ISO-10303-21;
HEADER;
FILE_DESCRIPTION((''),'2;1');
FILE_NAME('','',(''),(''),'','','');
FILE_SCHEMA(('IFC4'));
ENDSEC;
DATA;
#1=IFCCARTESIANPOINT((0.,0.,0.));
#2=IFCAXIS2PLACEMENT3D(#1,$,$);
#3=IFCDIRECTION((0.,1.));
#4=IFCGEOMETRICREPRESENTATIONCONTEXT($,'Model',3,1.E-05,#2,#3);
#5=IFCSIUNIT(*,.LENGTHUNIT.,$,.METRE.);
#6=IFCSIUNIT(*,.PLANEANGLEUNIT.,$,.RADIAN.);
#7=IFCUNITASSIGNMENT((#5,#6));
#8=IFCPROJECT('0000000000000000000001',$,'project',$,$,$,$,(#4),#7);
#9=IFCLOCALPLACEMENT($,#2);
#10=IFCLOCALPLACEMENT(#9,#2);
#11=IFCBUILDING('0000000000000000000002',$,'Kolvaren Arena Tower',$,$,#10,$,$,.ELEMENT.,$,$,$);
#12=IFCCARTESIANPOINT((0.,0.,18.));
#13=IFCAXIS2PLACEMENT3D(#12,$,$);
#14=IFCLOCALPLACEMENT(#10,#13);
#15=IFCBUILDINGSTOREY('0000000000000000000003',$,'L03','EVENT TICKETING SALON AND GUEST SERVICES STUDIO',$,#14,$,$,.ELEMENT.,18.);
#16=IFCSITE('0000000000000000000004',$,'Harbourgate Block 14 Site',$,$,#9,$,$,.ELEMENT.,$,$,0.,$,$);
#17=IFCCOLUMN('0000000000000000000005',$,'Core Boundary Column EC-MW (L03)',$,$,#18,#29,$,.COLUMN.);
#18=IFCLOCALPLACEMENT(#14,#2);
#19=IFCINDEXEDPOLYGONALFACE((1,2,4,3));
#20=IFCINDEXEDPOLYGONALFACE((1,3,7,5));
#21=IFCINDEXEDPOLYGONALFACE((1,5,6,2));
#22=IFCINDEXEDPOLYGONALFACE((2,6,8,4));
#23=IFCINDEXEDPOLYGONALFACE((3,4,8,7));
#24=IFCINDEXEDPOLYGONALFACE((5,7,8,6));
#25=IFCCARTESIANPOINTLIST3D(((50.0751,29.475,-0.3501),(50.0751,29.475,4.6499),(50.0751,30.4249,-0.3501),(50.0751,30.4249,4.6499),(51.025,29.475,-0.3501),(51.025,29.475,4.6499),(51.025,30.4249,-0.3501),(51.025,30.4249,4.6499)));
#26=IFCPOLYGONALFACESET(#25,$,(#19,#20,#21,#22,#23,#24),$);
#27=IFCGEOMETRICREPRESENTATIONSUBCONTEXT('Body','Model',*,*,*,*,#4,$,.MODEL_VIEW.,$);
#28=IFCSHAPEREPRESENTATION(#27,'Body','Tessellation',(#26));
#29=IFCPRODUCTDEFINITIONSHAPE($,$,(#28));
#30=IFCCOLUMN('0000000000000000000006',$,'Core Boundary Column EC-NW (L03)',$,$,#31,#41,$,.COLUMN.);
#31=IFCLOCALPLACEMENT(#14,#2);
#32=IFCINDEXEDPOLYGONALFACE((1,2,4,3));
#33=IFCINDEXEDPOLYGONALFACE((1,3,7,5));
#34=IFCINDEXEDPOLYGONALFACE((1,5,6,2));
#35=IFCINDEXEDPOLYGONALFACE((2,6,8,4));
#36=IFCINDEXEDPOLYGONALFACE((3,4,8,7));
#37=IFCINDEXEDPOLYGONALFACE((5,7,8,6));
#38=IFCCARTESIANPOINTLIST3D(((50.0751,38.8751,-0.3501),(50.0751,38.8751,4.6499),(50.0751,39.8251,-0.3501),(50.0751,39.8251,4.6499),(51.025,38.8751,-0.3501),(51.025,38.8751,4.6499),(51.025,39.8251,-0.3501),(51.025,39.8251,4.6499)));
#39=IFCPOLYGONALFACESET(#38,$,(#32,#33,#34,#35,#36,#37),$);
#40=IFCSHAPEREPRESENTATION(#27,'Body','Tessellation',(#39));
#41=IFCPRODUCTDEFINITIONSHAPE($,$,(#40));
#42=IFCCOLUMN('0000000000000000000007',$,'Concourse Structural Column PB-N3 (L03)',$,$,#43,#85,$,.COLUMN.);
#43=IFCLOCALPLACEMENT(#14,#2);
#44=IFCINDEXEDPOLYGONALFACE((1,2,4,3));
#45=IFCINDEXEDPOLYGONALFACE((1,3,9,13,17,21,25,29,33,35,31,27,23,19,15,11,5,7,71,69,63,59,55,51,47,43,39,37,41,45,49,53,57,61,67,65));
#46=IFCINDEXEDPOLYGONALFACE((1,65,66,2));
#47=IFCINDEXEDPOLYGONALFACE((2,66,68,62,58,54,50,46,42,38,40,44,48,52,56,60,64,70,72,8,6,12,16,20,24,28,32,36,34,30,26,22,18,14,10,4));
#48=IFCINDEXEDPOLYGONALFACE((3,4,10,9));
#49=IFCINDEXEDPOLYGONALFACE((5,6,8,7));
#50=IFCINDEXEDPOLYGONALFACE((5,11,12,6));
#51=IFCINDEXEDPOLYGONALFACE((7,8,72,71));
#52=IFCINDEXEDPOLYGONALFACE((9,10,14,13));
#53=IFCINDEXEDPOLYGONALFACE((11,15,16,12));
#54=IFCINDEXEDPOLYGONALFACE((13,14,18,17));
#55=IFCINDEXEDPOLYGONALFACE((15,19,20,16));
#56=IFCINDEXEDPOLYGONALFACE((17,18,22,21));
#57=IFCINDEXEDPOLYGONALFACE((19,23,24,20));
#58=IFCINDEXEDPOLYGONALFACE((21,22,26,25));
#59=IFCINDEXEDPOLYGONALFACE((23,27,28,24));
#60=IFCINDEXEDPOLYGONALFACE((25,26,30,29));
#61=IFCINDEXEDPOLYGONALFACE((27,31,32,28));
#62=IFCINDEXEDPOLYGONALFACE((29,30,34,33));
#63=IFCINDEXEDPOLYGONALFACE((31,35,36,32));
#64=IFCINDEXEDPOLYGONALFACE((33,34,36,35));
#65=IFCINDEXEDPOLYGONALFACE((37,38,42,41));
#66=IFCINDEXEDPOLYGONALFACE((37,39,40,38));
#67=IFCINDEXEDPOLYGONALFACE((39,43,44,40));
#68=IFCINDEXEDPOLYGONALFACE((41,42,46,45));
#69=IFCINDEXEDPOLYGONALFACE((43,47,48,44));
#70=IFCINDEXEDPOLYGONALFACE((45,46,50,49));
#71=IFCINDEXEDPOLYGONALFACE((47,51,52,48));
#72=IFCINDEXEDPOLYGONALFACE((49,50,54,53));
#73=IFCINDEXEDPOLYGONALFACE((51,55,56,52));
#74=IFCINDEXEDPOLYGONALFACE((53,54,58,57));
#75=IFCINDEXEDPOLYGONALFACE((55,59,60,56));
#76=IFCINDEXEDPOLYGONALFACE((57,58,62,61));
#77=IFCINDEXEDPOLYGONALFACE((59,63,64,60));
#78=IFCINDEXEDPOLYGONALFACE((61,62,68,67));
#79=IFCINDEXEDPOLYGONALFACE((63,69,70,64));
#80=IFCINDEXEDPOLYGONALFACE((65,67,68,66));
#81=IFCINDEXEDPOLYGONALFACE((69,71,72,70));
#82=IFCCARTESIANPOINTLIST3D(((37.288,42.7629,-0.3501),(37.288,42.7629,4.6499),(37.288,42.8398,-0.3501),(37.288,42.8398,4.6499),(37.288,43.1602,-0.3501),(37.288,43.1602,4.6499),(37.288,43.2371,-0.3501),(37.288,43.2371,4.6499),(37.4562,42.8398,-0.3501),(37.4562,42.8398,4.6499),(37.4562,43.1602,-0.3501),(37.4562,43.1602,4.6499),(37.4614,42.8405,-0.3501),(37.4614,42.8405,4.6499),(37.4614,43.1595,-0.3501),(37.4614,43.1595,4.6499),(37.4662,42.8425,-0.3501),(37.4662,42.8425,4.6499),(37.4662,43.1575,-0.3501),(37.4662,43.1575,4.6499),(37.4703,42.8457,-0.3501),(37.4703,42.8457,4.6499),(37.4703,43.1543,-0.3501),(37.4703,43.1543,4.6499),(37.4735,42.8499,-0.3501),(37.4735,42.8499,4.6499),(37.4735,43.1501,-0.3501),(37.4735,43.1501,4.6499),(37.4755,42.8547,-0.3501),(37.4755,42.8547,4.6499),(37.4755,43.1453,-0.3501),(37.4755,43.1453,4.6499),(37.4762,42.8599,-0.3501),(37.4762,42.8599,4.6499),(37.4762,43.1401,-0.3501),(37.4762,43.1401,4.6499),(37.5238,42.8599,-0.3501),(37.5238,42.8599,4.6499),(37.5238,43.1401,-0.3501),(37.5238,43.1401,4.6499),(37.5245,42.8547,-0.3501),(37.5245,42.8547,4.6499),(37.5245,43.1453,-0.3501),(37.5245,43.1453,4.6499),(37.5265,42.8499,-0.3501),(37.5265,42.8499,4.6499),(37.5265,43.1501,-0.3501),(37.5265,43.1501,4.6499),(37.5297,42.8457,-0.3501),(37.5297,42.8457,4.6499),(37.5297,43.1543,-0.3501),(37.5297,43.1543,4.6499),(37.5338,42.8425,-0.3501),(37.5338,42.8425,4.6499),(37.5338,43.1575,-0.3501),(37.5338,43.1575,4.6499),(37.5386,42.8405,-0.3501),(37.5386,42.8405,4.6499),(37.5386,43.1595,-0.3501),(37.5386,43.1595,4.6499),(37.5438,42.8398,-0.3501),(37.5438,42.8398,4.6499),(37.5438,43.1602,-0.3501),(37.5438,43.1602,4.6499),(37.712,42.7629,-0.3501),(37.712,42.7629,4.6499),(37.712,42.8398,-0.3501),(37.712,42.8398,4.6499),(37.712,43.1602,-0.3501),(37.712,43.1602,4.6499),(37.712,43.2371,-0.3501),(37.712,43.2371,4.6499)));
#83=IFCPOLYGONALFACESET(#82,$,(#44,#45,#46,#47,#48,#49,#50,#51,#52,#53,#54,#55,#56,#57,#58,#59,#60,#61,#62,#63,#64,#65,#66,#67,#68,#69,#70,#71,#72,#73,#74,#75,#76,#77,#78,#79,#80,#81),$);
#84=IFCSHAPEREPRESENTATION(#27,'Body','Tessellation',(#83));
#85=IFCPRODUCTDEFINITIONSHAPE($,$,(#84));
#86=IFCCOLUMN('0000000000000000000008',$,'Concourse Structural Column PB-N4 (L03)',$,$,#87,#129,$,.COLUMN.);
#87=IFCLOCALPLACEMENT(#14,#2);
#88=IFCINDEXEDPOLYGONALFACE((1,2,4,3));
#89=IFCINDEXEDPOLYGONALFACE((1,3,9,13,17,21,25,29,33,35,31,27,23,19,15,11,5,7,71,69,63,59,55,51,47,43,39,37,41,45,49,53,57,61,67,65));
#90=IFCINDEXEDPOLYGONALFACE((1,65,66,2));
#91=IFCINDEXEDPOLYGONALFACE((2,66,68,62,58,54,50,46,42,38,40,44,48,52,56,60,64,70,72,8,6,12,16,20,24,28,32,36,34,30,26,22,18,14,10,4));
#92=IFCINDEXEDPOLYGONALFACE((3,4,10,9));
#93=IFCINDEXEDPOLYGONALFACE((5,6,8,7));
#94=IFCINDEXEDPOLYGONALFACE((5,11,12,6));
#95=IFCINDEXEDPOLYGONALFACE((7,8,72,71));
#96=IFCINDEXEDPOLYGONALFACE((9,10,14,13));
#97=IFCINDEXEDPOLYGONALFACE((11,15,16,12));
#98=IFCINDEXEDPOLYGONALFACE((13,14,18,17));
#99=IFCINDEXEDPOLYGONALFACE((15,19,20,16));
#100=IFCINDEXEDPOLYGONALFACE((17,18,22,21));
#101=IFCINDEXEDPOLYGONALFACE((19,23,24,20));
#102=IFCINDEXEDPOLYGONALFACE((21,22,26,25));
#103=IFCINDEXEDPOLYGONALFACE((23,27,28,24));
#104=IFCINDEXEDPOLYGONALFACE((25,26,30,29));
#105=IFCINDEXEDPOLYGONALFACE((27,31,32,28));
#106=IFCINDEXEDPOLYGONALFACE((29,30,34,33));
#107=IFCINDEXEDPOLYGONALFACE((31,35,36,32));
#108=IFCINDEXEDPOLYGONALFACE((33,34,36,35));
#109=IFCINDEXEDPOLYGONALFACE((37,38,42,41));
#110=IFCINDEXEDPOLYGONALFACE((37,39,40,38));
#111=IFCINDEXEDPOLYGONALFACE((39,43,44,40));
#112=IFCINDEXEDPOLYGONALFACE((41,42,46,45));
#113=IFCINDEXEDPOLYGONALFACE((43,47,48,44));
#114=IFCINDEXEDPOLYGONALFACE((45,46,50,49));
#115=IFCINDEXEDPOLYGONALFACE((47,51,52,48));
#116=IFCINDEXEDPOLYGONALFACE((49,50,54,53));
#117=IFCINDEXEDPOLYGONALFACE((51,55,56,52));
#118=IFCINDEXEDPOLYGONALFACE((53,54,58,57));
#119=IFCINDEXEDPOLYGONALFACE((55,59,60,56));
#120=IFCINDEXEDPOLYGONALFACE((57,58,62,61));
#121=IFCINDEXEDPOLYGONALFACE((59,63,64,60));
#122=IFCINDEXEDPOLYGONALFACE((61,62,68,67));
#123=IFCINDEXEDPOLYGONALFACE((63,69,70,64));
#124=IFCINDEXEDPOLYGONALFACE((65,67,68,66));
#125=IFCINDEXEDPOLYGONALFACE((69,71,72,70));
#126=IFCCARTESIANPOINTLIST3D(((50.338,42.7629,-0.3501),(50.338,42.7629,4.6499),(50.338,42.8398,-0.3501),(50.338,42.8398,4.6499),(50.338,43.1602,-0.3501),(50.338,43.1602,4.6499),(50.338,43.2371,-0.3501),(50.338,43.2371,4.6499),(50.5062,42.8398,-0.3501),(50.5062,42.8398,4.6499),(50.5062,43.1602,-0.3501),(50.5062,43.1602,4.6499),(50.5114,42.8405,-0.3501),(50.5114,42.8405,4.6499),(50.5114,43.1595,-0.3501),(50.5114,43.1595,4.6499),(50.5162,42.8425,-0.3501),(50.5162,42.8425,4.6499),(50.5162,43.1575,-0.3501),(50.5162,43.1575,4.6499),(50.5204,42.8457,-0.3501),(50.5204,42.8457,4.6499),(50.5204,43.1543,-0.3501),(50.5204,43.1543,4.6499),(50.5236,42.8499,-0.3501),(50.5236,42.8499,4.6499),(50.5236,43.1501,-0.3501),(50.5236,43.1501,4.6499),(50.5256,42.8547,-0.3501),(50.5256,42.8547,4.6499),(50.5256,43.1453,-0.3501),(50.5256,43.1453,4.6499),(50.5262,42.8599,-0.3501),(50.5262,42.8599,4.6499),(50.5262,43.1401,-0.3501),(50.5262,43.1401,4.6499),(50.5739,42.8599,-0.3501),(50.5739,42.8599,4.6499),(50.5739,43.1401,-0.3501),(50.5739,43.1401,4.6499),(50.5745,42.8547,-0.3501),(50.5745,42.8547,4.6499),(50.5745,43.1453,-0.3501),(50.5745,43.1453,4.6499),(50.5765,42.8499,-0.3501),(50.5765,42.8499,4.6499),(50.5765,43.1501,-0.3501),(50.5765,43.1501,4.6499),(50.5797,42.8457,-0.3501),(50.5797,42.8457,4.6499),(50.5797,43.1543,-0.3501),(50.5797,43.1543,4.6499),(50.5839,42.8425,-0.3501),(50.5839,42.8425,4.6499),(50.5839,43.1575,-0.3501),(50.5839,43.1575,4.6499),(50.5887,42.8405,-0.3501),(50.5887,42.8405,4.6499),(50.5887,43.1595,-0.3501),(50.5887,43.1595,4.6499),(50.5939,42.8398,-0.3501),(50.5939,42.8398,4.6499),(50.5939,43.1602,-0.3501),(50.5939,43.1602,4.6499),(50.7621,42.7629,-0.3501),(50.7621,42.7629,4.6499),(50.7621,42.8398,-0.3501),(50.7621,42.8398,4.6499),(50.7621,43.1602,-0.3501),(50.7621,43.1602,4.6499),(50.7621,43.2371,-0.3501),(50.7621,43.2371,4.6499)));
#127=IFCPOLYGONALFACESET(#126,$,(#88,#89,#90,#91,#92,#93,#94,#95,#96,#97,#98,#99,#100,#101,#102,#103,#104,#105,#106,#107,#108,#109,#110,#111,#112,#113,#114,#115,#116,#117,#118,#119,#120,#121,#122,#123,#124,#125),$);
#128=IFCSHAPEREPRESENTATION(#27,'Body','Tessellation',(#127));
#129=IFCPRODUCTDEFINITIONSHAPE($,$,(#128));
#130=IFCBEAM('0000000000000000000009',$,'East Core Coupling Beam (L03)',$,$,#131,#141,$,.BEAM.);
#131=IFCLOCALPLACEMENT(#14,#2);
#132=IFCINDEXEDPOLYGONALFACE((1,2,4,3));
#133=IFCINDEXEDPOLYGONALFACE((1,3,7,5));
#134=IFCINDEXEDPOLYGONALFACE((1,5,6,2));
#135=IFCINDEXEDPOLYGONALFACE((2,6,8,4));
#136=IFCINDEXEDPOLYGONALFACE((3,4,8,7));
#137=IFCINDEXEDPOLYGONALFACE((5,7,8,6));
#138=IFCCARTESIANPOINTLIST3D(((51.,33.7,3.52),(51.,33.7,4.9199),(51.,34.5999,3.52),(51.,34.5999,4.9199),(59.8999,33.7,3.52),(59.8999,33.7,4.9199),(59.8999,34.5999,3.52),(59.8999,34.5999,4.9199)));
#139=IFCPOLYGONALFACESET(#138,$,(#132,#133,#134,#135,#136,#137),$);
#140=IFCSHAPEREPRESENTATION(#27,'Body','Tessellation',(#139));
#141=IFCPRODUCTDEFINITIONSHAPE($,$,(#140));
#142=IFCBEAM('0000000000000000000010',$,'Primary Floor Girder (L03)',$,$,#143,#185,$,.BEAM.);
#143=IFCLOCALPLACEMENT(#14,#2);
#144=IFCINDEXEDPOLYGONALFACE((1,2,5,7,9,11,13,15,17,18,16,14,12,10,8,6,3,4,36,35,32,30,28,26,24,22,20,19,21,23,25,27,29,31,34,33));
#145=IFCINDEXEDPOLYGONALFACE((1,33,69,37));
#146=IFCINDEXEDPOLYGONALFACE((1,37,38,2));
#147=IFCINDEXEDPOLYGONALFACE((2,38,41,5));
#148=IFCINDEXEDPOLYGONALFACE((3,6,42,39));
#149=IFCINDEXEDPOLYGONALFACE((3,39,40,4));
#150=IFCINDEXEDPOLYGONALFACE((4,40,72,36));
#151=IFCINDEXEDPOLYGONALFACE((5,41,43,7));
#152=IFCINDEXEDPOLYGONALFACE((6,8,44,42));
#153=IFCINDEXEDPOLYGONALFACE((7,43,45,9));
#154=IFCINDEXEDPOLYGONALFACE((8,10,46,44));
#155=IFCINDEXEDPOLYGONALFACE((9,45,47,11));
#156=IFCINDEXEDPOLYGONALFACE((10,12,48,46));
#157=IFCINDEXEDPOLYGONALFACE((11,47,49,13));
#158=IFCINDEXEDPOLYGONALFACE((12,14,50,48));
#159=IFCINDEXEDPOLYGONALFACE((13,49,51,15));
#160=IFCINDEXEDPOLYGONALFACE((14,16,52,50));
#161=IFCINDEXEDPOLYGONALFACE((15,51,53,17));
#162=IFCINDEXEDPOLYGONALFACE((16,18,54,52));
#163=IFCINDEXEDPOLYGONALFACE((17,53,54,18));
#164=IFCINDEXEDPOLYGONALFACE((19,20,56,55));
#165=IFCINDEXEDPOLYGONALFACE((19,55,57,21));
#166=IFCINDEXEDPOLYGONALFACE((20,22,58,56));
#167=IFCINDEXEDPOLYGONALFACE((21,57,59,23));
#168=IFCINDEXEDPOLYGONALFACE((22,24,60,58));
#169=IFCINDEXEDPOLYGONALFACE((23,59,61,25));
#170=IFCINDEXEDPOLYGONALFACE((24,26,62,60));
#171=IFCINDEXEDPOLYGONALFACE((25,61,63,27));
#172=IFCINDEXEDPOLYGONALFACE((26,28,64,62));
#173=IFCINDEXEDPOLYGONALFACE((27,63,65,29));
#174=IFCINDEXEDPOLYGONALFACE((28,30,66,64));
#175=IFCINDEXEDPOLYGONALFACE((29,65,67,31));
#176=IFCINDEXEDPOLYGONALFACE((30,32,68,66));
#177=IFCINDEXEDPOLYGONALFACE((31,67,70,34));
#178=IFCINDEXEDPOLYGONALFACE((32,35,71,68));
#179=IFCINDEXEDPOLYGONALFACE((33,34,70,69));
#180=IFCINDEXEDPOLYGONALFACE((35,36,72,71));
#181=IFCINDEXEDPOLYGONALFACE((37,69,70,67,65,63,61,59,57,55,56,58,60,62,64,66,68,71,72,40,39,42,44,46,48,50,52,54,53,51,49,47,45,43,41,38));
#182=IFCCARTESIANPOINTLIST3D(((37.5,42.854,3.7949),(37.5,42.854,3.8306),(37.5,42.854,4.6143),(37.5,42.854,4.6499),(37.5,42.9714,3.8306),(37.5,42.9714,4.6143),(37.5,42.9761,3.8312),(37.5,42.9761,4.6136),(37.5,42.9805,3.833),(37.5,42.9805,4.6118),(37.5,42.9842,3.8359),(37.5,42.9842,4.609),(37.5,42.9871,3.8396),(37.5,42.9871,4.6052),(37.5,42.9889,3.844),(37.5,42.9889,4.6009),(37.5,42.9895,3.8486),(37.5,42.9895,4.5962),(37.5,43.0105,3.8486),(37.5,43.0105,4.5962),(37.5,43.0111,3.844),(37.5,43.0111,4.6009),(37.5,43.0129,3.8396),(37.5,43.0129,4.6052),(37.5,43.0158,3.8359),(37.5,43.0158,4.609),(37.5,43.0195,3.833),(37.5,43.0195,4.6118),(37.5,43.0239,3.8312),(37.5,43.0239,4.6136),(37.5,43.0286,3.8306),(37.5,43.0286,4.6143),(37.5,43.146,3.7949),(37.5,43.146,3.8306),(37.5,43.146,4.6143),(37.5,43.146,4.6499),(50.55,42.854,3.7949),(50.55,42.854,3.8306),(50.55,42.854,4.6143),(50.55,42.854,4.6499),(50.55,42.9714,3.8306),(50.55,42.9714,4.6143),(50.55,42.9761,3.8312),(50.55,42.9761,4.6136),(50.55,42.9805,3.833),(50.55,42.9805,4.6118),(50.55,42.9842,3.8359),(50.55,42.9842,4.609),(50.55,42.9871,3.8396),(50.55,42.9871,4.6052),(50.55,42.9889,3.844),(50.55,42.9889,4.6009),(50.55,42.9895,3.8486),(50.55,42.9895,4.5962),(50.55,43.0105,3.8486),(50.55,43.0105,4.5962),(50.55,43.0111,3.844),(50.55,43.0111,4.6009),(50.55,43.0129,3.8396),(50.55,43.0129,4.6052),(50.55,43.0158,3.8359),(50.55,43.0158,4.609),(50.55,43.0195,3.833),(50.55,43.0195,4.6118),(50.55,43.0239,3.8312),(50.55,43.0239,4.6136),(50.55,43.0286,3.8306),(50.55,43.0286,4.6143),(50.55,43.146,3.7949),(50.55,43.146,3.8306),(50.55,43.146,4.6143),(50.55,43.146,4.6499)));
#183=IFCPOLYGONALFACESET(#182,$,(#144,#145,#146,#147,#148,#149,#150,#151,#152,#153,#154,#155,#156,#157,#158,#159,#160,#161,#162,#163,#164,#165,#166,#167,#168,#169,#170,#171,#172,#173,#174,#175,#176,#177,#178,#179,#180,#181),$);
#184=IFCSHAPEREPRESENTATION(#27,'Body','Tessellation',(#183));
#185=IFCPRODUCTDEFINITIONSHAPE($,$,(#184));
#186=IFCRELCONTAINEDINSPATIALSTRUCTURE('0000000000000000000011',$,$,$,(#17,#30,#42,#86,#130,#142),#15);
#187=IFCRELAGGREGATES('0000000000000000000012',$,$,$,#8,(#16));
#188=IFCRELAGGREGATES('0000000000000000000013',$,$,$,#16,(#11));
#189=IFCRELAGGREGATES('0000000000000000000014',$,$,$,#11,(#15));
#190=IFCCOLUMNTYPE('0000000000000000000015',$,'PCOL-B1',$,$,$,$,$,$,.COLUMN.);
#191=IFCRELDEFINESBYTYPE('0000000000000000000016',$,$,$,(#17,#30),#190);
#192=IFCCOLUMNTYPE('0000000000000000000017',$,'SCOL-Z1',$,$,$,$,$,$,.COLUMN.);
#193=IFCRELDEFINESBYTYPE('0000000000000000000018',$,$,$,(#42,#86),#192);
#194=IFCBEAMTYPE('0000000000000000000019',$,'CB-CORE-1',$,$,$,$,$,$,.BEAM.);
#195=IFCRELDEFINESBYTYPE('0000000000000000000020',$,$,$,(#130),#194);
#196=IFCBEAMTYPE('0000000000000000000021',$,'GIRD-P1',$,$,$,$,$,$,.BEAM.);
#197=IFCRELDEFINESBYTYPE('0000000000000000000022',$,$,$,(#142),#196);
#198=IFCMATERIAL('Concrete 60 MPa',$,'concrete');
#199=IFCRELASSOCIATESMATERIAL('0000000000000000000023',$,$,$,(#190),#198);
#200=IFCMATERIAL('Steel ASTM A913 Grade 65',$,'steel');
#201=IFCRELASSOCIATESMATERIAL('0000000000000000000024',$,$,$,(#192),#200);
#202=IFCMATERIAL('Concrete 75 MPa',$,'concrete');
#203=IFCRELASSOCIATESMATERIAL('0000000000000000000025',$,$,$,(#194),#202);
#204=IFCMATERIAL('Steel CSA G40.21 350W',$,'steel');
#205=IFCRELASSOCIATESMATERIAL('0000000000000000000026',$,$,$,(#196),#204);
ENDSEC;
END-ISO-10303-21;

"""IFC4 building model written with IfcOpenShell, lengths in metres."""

from ifc_helpers import new_model, si_unit, direction, frame, origin, origin_2d, place, context, subcontext, project, spatial, rectangle, i_section, extrude, material, material_profile, profile_set, type_object, element, save


model = new_model("IFC4")

# Units and contexts
model_context = context("Model", 3, precision=1e-05, world=origin(), true_north=direction((0.0, 1.0)))
body_context = subcontext(model_context, "Body", "Model", "MODEL_VIEW")
ifc_project = project(units=[si_unit("LENGTHUNIT", "METRE"), si_unit("PLANEANGLEUNIT", "RADIAN")], contexts=[model_context])

# Site, building, storey
site_placement = place(None, origin())
site = spatial("IfcSite", under=ifc_project, at=site_placement, Name="Harbourgate Block 14 Site", CompositionType="ELEMENT", RefElevation=0.0)
building_placement = place(site_placement, origin())
building = spatial("IfcBuilding", under=site, at=building_placement, Name="Kolvaren Arena Tower", CompositionType="ELEMENT")
storey_placement = place(building_placement, frame((0.0, 0.0, 18.0)))
storey = spatial("IfcBuildingStorey", under=building, at=storey_placement, Name="L03", Description="EVENT TICKETING SALON AND GUEST SERVICES STUDIO", CompositionType="ELEMENT", Elevation=18.0)

# Columns
ifc_material_1 = material(Name="Concrete 60 MPa", Category="concrete")
ifc_material_profile_1 = material_profile(ifc_material_1, rectangle(XDim=0.95, YDim=0.95, at=origin_2d()), Name="RC-950x950")
ifc_profile_set_1 = profile_set([ifc_material_profile_1], Name="Concrete 60 MPa")
column_type_1 = type_object("IfcColumnType", Name="PCOL-B1", PredefinedType="COLUMN", material=ifc_profile_set_1)
for number, where, z_axis, x_axis, name in (
    (1, (50.55, 29.95, -0.3501), (0.0, 0.0, 1.0), (1.0, 0.0, 0.0), "Core Boundary Column EC-MW (L03)"),
    (2, (50.55, 39.3501, -0.3501), (0.0, 0.0, 1.0), (1.0, 0.0, 0.0), "Core Boundary Column EC-NW (L03)"),
):
    element("IfcColumn", number, at=place(storey_placement, frame(where, z_axis=z_axis, x_axis=x_axis)), inside=storey, type_object=column_type_1, Name=name, PredefinedType="COLUMN", context=body_context, shape_type="SweptSolid", body=[
        extrude(rectangle(XDim=0.95, YDim=0.95, at=origin_2d()), origin(), (0.0, 0.0, 1.0), 5.0),
    ])
ifc_material_2 = material(Name="Steel ASTM A913 Grade 65", Category="steel")
ifc_material_profile_2 = material_profile(ifc_material_2, i_section(OverallWidth=0.4241, OverallDepth=0.4741, WebThickness=0.0476, FlangeThickness=0.0769, FilletRadius=0.02, at=origin_2d()), Name="W360x634")
ifc_profile_set_2 = profile_set([ifc_material_profile_2], Name="Steel ASTM A913 Grade 65")
column_type_2 = type_object("IfcColumnType", Name="SCOL-Z1", PredefinedType="COLUMN", material=ifc_profile_set_2)
for number, where, z_axis, x_axis, name in (
    (3, (37.5, 43.0, -0.3501), (0.0, 0.0, 1.0), (1.0, 0.0, 0.0), "Concourse Structural Column PB-N3 (L03)"),
    (4, (50.55, 43.0, -0.3501), (0.0, 0.0, 1.0), (1.0, 0.0, 0.0), "Concourse Structural Column PB-N4 (L03)"),
):
    element("IfcColumn", number, at=place(storey_placement, frame(where, z_axis=z_axis, x_axis=x_axis)), inside=storey, type_object=column_type_2, Name=name, PredefinedType="COLUMN", context=body_context, shape_type="SweptSolid", body=[
        extrude(i_section(OverallWidth=0.4241, OverallDepth=0.4741, WebThickness=0.0476, FlangeThickness=0.0769, FilletRadius=0.02, at=origin_2d()), origin(), (0.0, 0.0, 1.0), 5.0),
    ])

# Beams
ifc_material_3 = material(Name="Concrete 75 MPa", Category="concrete")
ifc_material_profile_3 = material_profile(ifc_material_3, rectangle(XDim=0.8999, YDim=1.3999, at=origin_2d()), Name="RC-900x1400")
ifc_profile_set_3 = profile_set([ifc_material_profile_3], Name="Concrete 75 MPa")
beam_type_1 = type_object("IfcBeamType", Name="CB-CORE-1", PredefinedType="BEAM", material=ifc_profile_set_3)
beam_1_placement = place(storey_placement, frame((51.0, 34.1499, 4.22), z_axis=(1.0, 0.0, 0.0), x_axis=(0.0, 1.0, 0.0)))
element("IfcBeam", 5, at=beam_1_placement, inside=storey, type_object=beam_type_1, Name="East Core Coupling Beam (L03)", PredefinedType="BEAM", context=body_context, shape_type="SweptSolid", body=[
    extrude(rectangle(XDim=0.8999, YDim=1.3999, at=origin_2d()), origin(), (0.0, 0.0, 1.0), 8.8999),
])
ifc_material_4 = material(Name="Steel CSA G40.21 350W", Category="steel")
ifc_material_profile_4 = material_profile(ifc_material_4, i_section(OverallWidth=0.292, OverallDepth=0.855, WebThickness=0.021, FlangeThickness=0.0356, FilletRadius=0.0181, at=origin_2d()), Name="W840x299")
ifc_profile_set_4 = profile_set([ifc_material_profile_4], Name="Steel CSA G40.21 350W")
beam_type_2 = type_object("IfcBeamType", Name="GIRD-P1", PredefinedType="BEAM", material=ifc_profile_set_4)
beam_2_placement = place(storey_placement, frame((37.5, 43.0, 4.2224), z_axis=(1.0, 0.0, 0.0), x_axis=(0.0, 1.0, 0.0)))
element("IfcBeam", 6, at=beam_2_placement, inside=storey, type_object=beam_type_2, Name="Primary Floor Girder (L03)", PredefinedType="BEAM", context=body_context, shape_type="SweptSolid", body=[
    extrude(i_section(OverallWidth=0.292, OverallDepth=0.855, WebThickness=0.021, FlangeThickness=0.0356, FilletRadius=0.0181, at=origin_2d()), origin(), (0.0, 0.0, 1.0), 13.05),
])

save(model, "model.ifc")
